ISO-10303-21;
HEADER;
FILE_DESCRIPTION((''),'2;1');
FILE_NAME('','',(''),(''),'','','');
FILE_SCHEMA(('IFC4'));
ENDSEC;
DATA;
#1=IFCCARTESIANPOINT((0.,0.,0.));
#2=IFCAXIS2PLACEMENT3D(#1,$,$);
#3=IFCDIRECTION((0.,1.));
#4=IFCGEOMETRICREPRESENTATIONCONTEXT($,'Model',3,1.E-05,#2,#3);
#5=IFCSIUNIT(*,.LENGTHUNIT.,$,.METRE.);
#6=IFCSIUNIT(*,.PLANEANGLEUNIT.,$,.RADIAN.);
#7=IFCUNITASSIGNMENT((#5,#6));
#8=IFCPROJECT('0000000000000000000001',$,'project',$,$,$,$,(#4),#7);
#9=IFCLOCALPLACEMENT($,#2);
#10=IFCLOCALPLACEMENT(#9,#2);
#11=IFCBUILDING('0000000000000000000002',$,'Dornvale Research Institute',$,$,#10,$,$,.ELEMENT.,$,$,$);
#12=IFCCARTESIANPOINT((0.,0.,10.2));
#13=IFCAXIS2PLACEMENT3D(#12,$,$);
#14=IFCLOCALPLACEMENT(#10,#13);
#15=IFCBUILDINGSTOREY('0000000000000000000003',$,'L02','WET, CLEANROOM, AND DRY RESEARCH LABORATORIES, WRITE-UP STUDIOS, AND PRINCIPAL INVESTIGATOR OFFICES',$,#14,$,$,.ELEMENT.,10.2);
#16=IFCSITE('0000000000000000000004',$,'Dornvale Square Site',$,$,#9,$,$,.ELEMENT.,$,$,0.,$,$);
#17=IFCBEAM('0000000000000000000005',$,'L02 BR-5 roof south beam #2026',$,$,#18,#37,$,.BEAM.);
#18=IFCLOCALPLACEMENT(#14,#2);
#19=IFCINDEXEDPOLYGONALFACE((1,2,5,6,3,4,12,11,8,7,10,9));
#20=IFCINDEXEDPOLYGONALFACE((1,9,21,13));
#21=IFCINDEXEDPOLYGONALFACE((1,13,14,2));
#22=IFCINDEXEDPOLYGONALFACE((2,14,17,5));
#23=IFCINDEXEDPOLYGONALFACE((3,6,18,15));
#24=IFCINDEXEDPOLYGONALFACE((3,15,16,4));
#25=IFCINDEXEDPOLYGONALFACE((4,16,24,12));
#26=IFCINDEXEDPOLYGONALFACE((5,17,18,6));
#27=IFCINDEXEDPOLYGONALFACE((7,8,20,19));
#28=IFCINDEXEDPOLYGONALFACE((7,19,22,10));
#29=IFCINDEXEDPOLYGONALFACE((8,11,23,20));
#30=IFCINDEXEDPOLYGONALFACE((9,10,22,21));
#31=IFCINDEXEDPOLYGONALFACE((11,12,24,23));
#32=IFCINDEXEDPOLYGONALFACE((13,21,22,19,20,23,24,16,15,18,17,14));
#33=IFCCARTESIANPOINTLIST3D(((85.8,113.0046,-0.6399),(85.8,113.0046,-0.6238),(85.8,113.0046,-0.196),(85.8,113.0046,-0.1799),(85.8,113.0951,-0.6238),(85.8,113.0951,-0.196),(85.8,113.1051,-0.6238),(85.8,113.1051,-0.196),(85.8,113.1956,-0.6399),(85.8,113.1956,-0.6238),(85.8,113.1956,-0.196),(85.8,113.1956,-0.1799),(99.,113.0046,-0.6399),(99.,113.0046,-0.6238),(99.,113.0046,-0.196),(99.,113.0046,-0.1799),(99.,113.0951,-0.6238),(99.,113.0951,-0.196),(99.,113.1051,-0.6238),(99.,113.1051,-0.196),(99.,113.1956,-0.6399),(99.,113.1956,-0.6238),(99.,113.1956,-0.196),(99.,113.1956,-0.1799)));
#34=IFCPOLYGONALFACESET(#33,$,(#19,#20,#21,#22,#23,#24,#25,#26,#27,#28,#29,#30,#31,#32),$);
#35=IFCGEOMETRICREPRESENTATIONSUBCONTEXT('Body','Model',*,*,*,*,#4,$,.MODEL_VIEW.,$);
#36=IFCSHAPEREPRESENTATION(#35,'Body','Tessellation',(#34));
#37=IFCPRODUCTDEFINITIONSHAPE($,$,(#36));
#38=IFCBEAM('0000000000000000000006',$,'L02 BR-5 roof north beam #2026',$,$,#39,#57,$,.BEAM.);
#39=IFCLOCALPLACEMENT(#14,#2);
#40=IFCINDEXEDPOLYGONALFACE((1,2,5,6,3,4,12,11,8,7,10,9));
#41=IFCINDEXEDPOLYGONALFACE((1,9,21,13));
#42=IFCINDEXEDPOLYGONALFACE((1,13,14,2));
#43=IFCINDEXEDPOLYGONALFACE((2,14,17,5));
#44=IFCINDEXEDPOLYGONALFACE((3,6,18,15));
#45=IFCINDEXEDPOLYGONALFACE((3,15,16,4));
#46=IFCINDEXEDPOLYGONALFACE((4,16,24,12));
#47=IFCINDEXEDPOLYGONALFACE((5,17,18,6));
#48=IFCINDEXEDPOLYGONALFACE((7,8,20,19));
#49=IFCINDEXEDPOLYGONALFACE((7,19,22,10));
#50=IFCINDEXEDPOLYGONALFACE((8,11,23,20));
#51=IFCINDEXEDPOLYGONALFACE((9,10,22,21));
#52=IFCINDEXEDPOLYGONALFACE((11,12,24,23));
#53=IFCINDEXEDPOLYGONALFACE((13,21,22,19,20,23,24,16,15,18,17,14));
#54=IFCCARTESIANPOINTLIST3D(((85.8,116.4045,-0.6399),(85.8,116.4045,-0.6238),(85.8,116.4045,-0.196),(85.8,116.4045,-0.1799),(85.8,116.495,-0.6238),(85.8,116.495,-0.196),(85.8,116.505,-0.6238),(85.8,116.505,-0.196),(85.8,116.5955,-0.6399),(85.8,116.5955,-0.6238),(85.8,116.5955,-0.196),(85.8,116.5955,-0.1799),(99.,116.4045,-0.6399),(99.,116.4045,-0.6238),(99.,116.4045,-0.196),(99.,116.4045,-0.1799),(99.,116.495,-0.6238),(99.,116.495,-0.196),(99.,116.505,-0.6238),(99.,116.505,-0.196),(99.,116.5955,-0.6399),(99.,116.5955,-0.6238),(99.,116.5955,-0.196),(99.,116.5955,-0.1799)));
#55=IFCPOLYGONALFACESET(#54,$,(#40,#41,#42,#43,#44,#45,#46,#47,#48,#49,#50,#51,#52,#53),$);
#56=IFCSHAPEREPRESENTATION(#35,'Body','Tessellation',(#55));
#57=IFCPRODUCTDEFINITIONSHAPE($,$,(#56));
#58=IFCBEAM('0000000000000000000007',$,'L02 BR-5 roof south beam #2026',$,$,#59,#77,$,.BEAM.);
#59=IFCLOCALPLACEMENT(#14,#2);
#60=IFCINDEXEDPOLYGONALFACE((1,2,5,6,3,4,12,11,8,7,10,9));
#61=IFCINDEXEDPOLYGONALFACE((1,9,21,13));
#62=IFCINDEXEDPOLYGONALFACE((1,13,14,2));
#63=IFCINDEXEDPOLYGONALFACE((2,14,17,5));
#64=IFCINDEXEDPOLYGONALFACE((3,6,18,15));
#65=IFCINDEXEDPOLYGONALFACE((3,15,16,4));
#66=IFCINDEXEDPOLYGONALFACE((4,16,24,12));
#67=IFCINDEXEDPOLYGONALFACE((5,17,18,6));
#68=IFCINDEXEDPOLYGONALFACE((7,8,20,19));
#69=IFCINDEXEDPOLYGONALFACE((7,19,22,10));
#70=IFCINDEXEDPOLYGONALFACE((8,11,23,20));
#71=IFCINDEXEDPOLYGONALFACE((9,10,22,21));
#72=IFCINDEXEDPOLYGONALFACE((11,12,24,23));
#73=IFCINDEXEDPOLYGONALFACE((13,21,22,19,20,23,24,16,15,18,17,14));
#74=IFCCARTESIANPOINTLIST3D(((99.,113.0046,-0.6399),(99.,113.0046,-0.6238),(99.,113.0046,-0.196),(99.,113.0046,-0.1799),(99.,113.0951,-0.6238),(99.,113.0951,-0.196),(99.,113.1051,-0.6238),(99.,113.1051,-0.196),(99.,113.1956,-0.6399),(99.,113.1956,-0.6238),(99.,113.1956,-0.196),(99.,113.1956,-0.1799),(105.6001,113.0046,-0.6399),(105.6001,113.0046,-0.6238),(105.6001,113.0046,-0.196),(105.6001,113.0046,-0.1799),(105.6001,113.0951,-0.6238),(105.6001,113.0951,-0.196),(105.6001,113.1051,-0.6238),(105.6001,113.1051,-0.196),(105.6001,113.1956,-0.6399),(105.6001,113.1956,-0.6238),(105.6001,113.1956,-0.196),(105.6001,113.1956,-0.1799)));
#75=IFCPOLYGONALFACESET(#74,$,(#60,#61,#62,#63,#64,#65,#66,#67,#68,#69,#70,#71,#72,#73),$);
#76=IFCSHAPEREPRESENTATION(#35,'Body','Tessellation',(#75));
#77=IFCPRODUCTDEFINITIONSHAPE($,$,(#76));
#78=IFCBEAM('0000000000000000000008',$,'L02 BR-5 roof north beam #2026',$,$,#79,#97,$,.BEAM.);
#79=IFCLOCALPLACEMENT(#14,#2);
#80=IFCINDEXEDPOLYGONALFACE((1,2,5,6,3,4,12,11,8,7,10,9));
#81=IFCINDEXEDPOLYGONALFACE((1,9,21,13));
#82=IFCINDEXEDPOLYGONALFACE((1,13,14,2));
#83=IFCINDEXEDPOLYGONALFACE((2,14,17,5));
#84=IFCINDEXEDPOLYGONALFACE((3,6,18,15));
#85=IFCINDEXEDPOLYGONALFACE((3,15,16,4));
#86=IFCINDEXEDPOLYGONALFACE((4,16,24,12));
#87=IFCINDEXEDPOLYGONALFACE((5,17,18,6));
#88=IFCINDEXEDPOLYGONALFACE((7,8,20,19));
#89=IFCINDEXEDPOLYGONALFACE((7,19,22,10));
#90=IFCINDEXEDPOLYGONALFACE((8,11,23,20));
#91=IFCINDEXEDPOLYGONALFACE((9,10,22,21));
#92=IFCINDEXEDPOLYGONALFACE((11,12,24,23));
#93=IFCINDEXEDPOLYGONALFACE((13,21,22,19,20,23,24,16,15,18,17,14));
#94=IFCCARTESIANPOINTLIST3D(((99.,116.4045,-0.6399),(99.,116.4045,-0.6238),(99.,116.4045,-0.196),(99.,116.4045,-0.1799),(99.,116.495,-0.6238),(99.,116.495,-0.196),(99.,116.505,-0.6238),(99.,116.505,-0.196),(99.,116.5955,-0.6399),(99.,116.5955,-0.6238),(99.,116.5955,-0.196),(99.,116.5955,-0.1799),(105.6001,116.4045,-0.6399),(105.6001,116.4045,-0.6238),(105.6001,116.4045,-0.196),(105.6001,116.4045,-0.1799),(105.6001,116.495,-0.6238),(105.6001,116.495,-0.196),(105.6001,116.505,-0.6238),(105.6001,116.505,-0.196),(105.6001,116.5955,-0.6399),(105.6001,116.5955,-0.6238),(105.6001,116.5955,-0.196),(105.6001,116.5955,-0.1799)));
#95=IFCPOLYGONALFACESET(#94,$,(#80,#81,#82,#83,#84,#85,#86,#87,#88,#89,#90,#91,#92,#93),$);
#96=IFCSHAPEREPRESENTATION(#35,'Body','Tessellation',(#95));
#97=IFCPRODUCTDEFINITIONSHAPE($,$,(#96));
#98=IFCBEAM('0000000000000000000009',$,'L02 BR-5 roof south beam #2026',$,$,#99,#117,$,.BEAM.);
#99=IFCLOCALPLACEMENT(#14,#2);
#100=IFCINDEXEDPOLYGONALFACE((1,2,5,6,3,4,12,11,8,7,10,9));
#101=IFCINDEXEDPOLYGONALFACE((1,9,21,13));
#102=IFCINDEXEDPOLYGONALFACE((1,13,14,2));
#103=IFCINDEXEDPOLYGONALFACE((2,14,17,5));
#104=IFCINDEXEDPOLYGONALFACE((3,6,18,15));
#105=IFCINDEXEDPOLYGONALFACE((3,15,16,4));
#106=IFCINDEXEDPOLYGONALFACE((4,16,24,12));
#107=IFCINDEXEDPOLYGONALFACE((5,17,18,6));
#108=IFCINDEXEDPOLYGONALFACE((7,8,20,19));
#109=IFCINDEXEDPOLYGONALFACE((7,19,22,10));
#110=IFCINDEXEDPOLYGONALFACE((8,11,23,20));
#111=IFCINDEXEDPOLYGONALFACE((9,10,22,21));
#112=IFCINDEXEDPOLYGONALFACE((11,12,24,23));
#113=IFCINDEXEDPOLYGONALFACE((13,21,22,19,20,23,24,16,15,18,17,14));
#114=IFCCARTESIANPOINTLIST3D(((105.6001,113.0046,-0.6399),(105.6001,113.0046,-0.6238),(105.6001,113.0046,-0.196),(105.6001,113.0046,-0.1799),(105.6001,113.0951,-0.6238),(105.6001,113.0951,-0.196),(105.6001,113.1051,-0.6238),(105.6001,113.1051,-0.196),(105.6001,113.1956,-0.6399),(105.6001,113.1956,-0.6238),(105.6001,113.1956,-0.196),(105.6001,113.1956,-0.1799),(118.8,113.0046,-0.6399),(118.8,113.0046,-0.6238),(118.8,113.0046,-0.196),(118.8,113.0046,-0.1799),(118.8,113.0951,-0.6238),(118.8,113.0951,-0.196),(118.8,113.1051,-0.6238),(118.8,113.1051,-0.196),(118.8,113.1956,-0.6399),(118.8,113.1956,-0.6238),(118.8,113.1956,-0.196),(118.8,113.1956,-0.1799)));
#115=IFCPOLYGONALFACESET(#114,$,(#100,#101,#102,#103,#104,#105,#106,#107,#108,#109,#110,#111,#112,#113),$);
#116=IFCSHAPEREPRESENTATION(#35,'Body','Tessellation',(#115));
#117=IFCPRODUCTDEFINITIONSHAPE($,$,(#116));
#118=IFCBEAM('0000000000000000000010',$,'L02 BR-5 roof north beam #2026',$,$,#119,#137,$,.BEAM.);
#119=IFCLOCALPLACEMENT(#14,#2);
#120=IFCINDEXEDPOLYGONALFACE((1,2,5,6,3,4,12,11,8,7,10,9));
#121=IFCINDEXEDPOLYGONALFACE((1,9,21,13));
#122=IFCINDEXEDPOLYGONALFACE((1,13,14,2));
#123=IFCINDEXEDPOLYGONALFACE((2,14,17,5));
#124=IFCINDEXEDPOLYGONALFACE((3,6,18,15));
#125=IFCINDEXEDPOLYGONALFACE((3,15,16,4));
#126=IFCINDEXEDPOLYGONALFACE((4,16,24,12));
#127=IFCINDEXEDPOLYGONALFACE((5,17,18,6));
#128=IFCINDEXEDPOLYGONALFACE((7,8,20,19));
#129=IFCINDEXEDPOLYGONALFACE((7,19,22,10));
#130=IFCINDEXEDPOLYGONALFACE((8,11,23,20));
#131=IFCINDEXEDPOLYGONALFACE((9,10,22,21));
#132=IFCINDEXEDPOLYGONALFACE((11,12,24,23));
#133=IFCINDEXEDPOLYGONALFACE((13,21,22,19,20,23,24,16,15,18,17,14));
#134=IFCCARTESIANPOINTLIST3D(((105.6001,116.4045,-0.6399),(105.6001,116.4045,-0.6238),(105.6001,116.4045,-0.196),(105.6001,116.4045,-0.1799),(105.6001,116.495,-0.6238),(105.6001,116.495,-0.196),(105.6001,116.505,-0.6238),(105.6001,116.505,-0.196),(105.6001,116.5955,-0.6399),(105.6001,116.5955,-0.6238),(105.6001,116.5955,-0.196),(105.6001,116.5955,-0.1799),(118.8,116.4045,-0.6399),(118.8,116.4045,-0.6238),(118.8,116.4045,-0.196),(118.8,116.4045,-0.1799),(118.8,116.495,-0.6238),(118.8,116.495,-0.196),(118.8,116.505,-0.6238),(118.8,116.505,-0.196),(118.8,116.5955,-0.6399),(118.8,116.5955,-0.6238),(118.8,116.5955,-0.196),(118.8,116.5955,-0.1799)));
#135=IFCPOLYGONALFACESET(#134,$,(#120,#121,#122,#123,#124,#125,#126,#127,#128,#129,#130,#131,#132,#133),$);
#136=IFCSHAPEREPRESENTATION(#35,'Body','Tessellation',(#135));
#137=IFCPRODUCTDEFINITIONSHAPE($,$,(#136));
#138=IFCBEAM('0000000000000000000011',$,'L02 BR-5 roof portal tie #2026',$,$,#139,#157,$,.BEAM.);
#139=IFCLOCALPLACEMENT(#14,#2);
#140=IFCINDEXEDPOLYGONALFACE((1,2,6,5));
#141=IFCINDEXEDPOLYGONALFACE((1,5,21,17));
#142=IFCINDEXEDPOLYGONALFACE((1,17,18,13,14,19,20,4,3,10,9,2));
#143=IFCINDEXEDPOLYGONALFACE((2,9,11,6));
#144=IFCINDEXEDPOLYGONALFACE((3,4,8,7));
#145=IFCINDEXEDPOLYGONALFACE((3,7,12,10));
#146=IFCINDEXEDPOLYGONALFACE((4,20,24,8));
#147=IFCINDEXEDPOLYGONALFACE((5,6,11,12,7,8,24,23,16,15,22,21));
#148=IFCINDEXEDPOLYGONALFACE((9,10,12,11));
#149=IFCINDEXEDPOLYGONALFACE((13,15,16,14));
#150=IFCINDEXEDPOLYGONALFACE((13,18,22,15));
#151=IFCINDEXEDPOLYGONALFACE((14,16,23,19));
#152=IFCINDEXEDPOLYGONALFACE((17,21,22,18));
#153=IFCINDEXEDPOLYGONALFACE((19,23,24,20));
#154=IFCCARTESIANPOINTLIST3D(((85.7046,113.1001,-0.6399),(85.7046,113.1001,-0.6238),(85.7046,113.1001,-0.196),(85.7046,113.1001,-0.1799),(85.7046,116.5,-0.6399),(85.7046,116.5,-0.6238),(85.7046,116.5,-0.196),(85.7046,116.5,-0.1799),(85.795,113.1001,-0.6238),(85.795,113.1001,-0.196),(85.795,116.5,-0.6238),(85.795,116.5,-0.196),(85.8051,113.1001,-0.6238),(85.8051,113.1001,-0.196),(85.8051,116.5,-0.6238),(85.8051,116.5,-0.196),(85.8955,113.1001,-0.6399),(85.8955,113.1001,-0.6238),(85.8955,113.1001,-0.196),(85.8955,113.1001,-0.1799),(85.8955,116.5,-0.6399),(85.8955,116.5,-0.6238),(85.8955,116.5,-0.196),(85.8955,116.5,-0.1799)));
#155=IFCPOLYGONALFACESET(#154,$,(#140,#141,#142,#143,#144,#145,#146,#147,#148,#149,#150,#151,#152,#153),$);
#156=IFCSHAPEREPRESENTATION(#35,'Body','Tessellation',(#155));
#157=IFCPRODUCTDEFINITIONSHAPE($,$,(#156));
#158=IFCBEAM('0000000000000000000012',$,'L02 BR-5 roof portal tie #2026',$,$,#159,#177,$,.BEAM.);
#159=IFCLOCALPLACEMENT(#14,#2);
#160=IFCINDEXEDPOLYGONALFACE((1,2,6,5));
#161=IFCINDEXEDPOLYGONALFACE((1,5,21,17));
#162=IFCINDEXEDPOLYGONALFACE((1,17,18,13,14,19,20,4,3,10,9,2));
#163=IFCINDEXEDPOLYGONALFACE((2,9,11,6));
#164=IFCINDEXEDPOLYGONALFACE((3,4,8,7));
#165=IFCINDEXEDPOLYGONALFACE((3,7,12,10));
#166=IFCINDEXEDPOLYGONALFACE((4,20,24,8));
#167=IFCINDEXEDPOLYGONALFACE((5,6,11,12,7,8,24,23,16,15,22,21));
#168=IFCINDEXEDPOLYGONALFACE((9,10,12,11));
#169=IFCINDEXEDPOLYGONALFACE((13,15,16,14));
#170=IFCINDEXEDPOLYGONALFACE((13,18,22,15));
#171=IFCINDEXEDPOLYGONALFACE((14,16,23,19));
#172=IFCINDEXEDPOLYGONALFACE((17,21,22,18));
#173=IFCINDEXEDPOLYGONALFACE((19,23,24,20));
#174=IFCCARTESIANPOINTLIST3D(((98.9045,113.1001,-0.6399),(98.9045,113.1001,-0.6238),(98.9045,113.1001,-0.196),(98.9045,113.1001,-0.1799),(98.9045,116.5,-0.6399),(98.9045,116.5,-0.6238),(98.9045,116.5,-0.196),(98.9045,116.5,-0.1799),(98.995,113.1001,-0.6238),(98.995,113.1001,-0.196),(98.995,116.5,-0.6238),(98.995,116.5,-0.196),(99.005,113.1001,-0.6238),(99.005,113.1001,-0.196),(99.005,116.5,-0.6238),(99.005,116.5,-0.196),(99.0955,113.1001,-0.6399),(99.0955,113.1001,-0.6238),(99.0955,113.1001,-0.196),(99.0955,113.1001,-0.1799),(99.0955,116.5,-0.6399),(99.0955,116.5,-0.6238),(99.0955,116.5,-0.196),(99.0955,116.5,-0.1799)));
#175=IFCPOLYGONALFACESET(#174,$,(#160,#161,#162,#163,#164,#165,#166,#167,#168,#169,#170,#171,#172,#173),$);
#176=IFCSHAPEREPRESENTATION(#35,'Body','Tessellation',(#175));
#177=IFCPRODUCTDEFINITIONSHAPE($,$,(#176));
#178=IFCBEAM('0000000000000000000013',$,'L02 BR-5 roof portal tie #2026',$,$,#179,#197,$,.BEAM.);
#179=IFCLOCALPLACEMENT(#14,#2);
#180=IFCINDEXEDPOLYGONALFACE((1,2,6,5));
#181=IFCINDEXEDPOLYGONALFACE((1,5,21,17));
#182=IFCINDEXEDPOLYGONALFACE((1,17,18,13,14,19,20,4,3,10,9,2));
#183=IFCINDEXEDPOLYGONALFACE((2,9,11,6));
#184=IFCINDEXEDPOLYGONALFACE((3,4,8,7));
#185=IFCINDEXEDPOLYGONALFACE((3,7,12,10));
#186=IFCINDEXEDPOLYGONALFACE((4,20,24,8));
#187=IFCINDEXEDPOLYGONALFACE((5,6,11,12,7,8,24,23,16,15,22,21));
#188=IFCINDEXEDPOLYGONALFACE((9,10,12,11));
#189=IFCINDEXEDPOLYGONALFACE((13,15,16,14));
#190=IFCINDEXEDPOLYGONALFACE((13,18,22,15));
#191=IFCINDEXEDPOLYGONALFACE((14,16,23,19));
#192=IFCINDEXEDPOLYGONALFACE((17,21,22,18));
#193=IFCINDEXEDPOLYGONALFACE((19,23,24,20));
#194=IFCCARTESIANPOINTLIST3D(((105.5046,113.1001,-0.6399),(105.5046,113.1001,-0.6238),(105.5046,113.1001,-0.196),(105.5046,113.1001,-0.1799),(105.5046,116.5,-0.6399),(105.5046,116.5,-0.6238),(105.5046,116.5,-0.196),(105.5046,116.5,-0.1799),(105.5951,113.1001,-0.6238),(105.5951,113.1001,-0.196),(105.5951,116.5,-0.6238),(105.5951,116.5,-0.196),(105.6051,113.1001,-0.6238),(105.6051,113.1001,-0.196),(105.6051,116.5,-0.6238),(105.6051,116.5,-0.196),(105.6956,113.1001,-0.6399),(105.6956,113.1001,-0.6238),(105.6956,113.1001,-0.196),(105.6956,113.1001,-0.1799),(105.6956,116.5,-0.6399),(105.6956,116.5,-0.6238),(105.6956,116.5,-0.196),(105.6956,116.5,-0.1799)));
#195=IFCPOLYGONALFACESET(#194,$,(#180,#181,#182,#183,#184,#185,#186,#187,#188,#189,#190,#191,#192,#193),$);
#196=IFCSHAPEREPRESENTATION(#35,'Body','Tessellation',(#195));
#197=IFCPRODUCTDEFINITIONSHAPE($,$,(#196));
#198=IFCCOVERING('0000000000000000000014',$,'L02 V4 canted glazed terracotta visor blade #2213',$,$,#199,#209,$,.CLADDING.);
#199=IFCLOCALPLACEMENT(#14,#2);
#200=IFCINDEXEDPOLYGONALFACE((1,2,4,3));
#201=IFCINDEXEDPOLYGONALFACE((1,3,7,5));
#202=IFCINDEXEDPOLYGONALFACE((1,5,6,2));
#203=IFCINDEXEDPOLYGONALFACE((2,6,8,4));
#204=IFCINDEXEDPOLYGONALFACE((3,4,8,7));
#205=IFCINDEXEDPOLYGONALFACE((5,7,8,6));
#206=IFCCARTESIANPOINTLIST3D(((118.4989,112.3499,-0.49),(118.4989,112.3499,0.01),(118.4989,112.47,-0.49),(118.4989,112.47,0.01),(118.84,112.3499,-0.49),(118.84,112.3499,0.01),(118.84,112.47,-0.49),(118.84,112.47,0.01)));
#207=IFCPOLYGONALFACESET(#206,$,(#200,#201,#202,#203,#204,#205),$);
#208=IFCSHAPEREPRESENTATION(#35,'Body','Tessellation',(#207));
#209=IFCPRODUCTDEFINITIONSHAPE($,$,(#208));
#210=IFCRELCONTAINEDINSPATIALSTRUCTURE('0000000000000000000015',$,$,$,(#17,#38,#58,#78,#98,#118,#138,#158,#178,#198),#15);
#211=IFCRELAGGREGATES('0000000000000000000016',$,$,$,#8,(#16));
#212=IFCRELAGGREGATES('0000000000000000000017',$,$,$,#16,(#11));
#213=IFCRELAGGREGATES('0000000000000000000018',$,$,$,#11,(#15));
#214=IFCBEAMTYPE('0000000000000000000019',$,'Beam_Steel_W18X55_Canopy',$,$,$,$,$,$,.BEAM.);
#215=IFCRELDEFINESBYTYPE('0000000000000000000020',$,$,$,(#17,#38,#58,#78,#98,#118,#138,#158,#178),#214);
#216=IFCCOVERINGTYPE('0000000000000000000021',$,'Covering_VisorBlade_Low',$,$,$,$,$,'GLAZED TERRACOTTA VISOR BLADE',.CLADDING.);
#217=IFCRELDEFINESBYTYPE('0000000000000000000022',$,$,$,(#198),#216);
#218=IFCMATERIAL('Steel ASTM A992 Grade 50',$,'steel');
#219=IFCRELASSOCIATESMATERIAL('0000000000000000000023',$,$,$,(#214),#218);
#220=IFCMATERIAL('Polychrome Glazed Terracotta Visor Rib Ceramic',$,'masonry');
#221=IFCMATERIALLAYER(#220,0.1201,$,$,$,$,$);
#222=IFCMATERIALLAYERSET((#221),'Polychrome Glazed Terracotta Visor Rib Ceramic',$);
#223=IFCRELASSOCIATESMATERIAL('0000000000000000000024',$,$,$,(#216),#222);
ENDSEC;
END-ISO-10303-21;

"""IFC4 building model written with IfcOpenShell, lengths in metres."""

from ifc_helpers import new_model, si_unit, direction, frame, origin, origin_2d, place, context, subcontext, project, spatial, rectangle, i_section, extrude, material, layer, layer_set, material_profile, profile_set, type_object, element, save


model = new_model("IFC4")

# Units and contexts
model_context = context("Model", 3, precision=1e-05, world=origin(), true_north=direction((0.0, 1.0)))
body_context = subcontext(model_context, "Body", "Model", "MODEL_VIEW")
ifc_project = project(units=[si_unit("LENGTHUNIT", "METRE"), si_unit("PLANEANGLEUNIT", "RADIAN")], contexts=[model_context])

# Site, building, storey
site_placement = place(None, origin())
site = spatial("IfcSite", under=ifc_project, at=site_placement, Name="Dornvale Square Site", CompositionType="ELEMENT", RefElevation=0.0)
building_placement = place(site_placement, origin())
building = spatial("IfcBuilding", under=site, at=building_placement, Name="Dornvale Research Institute", CompositionType="ELEMENT")
storey_placement = place(building_placement, frame((0.0, 0.0, 10.2)))
storey = spatial("IfcBuildingStorey", under=building, at=storey_placement, Name="L02", Description="WET, CLEANROOM, AND DRY RESEARCH LABORATORIES, WRITE-UP STUDIOS, AND PRINCIPAL INVESTIGATOR OFFICES", CompositionType="ELEMENT", Elevation=10.2)

# Beams
ifc_material_1 = material(Name="Steel ASTM A992 Grade 50", Category="steel")
ifc_material_profile = material_profile(ifc_material_1, i_section(OverallWidth=0.1909, OverallDepth=0.46, WebThickness=0.01, FlangeThickness=0.0161, at=origin_2d()), Name="W18X55")
ifc_profile_set = profile_set([ifc_material_profile], Name="Steel ASTM A992 Grade 50")
beam_type = type_object("IfcBeamType", Name="Beam_Steel_W18X55_Canopy", PredefinedType="BEAM", material=ifc_profile_set)
for number, where, z_axis, x_axis, name in (
    (1, (85.8, 113.1001, -0.4099), (1.0, 0.0, 0.0), (0.0, 1.0, 0.0), "L02 BR-5 roof south beam #2026"),
    (2, (85.8, 116.5, -0.4099), (1.0, 0.0, 0.0), (0.0, 1.0, 0.0), "L02 BR-5 roof north beam #2026"),
):
    element("IfcBeam", number, at=place(storey_placement, frame(where, z_axis=z_axis, x_axis=x_axis)), inside=storey, type_object=beam_type, Name=name, PredefinedType="BEAM", context=body_context, shape_type="SweptSolid", body=[
        extrude(i_section(OverallWidth=0.1909, OverallDepth=0.46, WebThickness=0.01, FlangeThickness=0.0161, at=origin_2d()), origin(), (0.0, 0.0, 1.0), 13.2),
    ])
for number, where, z_axis, x_axis, name in (
    (3, (99.0, 113.1001, -0.4099), (1.0, 0.0, 0.0), (0.0, 1.0, 0.0), "L02 BR-5 roof south beam #2026"),
    (4, (99.0, 116.5, -0.4099), (1.0, 0.0, 0.0), (0.0, 1.0, 0.0), "L02 BR-5 roof north beam #2026"),
):
    element("IfcBeam", number, at=place(storey_placement, frame(where, z_axis=z_axis, x_axis=x_axis)), inside=storey, type_object=beam_type, Name=name, PredefinedType="BEAM", context=body_context, shape_type="SweptSolid", body=[
        extrude(i_section(OverallWidth=0.1909, OverallDepth=0.46, WebThickness=0.01, FlangeThickness=0.0161, at=origin_2d()), origin(), (0.0, 0.0, 1.0), 6.6001),
    ])
for number, where, z_axis, x_axis, name in (
    (5, (105.6001, 113.1001, -0.4099), (1.0, 0.0, 0.0), (0.0, 1.0, 0.0), "L02 BR-5 roof south beam #2026"),
    (6, (105.6001, 116.5, -0.4099), (1.0, 0.0, 0.0), (0.0, 1.0, 0.0), "L02 BR-5 roof north beam #2026"),
):
    element("IfcBeam", number, at=place(storey_placement, frame(where, z_axis=z_axis, x_axis=x_axis)), inside=storey, type_object=beam_type, Name=name, PredefinedType="BEAM", context=body_context, shape_type="SweptSolid", body=[
        extrude(i_section(OverallWidth=0.1909, OverallDepth=0.46, WebThickness=0.01, FlangeThickness=0.0161, at=origin_2d()), origin(), (0.0, 0.0, 1.0), 13.2),
    ])
for number, where, z_axis, x_axis, name in (
    (7, (85.8, 113.1001, -0.4099), (0.0, 1.0, 0.0), (-1.0, 0.0, 0.0), "L02 BR-5 roof portal tie #2026"),
    (8, (99.0, 113.1001, -0.4099), (0.0, 1.0, 0.0), (-1.0, 0.0, 0.0), "L02 BR-5 roof portal tie #2026"),
    (9, (105.6001, 113.1001, -0.4099), (0.0, 1.0, 0.0), (-1.0, 0.0, 0.0), "L02 BR-5 roof portal tie #2026"),
):
    element("IfcBeam", number, at=place(storey_placement, frame(where, z_axis=z_axis, x_axis=x_axis)), inside=storey, type_object=beam_type, Name=name, PredefinedType="BEAM", context=body_context, shape_type="SweptSolid", body=[
        extrude(i_section(OverallWidth=0.1909, OverallDepth=0.46, WebThickness=0.01, FlangeThickness=0.0161, at=origin_2d()), origin(), (0.0, 0.0, 1.0), 3.3999),
    ])

# Covering
ifc_material_2 = material(Name="Polychrome Glazed Terracotta Visor Rib Ceramic", Category="masonry")
ifc_layer = layer(ifc_material_2, 0.1201)
ifc_layer_set = layer_set([ifc_layer], Name="Polychrome Glazed Terracotta Visor Rib Ceramic")
covering_type = type_object("IfcCoveringType", Name="Covering_VisorBlade_Low", ElementType="GLAZED TERRACOTTA VISOR BLADE", PredefinedType="CLADDING", material=ifc_layer_set)
covering_1_placement = place(storey_placement, frame((118.6694, 112.4099, -0.49), z_axis=(0.0, 0.0, 1.0), x_axis=(1.0, 0.0, 0.0)))
element("IfcCovering", 10, at=covering_1_placement, inside=storey, type_object=covering_type, Name="L02 V4 canted glazed terracotta visor blade #2213", PredefinedType="CLADDING", context=body_context, shape_type="SweptSolid", body=[
    extrude(rectangle(XDim=0.3411, YDim=0.1201, at=origin_2d()), origin(), (0.0, 0.0, 1.0), 0.5),
])

save(model, "model.ifc")
